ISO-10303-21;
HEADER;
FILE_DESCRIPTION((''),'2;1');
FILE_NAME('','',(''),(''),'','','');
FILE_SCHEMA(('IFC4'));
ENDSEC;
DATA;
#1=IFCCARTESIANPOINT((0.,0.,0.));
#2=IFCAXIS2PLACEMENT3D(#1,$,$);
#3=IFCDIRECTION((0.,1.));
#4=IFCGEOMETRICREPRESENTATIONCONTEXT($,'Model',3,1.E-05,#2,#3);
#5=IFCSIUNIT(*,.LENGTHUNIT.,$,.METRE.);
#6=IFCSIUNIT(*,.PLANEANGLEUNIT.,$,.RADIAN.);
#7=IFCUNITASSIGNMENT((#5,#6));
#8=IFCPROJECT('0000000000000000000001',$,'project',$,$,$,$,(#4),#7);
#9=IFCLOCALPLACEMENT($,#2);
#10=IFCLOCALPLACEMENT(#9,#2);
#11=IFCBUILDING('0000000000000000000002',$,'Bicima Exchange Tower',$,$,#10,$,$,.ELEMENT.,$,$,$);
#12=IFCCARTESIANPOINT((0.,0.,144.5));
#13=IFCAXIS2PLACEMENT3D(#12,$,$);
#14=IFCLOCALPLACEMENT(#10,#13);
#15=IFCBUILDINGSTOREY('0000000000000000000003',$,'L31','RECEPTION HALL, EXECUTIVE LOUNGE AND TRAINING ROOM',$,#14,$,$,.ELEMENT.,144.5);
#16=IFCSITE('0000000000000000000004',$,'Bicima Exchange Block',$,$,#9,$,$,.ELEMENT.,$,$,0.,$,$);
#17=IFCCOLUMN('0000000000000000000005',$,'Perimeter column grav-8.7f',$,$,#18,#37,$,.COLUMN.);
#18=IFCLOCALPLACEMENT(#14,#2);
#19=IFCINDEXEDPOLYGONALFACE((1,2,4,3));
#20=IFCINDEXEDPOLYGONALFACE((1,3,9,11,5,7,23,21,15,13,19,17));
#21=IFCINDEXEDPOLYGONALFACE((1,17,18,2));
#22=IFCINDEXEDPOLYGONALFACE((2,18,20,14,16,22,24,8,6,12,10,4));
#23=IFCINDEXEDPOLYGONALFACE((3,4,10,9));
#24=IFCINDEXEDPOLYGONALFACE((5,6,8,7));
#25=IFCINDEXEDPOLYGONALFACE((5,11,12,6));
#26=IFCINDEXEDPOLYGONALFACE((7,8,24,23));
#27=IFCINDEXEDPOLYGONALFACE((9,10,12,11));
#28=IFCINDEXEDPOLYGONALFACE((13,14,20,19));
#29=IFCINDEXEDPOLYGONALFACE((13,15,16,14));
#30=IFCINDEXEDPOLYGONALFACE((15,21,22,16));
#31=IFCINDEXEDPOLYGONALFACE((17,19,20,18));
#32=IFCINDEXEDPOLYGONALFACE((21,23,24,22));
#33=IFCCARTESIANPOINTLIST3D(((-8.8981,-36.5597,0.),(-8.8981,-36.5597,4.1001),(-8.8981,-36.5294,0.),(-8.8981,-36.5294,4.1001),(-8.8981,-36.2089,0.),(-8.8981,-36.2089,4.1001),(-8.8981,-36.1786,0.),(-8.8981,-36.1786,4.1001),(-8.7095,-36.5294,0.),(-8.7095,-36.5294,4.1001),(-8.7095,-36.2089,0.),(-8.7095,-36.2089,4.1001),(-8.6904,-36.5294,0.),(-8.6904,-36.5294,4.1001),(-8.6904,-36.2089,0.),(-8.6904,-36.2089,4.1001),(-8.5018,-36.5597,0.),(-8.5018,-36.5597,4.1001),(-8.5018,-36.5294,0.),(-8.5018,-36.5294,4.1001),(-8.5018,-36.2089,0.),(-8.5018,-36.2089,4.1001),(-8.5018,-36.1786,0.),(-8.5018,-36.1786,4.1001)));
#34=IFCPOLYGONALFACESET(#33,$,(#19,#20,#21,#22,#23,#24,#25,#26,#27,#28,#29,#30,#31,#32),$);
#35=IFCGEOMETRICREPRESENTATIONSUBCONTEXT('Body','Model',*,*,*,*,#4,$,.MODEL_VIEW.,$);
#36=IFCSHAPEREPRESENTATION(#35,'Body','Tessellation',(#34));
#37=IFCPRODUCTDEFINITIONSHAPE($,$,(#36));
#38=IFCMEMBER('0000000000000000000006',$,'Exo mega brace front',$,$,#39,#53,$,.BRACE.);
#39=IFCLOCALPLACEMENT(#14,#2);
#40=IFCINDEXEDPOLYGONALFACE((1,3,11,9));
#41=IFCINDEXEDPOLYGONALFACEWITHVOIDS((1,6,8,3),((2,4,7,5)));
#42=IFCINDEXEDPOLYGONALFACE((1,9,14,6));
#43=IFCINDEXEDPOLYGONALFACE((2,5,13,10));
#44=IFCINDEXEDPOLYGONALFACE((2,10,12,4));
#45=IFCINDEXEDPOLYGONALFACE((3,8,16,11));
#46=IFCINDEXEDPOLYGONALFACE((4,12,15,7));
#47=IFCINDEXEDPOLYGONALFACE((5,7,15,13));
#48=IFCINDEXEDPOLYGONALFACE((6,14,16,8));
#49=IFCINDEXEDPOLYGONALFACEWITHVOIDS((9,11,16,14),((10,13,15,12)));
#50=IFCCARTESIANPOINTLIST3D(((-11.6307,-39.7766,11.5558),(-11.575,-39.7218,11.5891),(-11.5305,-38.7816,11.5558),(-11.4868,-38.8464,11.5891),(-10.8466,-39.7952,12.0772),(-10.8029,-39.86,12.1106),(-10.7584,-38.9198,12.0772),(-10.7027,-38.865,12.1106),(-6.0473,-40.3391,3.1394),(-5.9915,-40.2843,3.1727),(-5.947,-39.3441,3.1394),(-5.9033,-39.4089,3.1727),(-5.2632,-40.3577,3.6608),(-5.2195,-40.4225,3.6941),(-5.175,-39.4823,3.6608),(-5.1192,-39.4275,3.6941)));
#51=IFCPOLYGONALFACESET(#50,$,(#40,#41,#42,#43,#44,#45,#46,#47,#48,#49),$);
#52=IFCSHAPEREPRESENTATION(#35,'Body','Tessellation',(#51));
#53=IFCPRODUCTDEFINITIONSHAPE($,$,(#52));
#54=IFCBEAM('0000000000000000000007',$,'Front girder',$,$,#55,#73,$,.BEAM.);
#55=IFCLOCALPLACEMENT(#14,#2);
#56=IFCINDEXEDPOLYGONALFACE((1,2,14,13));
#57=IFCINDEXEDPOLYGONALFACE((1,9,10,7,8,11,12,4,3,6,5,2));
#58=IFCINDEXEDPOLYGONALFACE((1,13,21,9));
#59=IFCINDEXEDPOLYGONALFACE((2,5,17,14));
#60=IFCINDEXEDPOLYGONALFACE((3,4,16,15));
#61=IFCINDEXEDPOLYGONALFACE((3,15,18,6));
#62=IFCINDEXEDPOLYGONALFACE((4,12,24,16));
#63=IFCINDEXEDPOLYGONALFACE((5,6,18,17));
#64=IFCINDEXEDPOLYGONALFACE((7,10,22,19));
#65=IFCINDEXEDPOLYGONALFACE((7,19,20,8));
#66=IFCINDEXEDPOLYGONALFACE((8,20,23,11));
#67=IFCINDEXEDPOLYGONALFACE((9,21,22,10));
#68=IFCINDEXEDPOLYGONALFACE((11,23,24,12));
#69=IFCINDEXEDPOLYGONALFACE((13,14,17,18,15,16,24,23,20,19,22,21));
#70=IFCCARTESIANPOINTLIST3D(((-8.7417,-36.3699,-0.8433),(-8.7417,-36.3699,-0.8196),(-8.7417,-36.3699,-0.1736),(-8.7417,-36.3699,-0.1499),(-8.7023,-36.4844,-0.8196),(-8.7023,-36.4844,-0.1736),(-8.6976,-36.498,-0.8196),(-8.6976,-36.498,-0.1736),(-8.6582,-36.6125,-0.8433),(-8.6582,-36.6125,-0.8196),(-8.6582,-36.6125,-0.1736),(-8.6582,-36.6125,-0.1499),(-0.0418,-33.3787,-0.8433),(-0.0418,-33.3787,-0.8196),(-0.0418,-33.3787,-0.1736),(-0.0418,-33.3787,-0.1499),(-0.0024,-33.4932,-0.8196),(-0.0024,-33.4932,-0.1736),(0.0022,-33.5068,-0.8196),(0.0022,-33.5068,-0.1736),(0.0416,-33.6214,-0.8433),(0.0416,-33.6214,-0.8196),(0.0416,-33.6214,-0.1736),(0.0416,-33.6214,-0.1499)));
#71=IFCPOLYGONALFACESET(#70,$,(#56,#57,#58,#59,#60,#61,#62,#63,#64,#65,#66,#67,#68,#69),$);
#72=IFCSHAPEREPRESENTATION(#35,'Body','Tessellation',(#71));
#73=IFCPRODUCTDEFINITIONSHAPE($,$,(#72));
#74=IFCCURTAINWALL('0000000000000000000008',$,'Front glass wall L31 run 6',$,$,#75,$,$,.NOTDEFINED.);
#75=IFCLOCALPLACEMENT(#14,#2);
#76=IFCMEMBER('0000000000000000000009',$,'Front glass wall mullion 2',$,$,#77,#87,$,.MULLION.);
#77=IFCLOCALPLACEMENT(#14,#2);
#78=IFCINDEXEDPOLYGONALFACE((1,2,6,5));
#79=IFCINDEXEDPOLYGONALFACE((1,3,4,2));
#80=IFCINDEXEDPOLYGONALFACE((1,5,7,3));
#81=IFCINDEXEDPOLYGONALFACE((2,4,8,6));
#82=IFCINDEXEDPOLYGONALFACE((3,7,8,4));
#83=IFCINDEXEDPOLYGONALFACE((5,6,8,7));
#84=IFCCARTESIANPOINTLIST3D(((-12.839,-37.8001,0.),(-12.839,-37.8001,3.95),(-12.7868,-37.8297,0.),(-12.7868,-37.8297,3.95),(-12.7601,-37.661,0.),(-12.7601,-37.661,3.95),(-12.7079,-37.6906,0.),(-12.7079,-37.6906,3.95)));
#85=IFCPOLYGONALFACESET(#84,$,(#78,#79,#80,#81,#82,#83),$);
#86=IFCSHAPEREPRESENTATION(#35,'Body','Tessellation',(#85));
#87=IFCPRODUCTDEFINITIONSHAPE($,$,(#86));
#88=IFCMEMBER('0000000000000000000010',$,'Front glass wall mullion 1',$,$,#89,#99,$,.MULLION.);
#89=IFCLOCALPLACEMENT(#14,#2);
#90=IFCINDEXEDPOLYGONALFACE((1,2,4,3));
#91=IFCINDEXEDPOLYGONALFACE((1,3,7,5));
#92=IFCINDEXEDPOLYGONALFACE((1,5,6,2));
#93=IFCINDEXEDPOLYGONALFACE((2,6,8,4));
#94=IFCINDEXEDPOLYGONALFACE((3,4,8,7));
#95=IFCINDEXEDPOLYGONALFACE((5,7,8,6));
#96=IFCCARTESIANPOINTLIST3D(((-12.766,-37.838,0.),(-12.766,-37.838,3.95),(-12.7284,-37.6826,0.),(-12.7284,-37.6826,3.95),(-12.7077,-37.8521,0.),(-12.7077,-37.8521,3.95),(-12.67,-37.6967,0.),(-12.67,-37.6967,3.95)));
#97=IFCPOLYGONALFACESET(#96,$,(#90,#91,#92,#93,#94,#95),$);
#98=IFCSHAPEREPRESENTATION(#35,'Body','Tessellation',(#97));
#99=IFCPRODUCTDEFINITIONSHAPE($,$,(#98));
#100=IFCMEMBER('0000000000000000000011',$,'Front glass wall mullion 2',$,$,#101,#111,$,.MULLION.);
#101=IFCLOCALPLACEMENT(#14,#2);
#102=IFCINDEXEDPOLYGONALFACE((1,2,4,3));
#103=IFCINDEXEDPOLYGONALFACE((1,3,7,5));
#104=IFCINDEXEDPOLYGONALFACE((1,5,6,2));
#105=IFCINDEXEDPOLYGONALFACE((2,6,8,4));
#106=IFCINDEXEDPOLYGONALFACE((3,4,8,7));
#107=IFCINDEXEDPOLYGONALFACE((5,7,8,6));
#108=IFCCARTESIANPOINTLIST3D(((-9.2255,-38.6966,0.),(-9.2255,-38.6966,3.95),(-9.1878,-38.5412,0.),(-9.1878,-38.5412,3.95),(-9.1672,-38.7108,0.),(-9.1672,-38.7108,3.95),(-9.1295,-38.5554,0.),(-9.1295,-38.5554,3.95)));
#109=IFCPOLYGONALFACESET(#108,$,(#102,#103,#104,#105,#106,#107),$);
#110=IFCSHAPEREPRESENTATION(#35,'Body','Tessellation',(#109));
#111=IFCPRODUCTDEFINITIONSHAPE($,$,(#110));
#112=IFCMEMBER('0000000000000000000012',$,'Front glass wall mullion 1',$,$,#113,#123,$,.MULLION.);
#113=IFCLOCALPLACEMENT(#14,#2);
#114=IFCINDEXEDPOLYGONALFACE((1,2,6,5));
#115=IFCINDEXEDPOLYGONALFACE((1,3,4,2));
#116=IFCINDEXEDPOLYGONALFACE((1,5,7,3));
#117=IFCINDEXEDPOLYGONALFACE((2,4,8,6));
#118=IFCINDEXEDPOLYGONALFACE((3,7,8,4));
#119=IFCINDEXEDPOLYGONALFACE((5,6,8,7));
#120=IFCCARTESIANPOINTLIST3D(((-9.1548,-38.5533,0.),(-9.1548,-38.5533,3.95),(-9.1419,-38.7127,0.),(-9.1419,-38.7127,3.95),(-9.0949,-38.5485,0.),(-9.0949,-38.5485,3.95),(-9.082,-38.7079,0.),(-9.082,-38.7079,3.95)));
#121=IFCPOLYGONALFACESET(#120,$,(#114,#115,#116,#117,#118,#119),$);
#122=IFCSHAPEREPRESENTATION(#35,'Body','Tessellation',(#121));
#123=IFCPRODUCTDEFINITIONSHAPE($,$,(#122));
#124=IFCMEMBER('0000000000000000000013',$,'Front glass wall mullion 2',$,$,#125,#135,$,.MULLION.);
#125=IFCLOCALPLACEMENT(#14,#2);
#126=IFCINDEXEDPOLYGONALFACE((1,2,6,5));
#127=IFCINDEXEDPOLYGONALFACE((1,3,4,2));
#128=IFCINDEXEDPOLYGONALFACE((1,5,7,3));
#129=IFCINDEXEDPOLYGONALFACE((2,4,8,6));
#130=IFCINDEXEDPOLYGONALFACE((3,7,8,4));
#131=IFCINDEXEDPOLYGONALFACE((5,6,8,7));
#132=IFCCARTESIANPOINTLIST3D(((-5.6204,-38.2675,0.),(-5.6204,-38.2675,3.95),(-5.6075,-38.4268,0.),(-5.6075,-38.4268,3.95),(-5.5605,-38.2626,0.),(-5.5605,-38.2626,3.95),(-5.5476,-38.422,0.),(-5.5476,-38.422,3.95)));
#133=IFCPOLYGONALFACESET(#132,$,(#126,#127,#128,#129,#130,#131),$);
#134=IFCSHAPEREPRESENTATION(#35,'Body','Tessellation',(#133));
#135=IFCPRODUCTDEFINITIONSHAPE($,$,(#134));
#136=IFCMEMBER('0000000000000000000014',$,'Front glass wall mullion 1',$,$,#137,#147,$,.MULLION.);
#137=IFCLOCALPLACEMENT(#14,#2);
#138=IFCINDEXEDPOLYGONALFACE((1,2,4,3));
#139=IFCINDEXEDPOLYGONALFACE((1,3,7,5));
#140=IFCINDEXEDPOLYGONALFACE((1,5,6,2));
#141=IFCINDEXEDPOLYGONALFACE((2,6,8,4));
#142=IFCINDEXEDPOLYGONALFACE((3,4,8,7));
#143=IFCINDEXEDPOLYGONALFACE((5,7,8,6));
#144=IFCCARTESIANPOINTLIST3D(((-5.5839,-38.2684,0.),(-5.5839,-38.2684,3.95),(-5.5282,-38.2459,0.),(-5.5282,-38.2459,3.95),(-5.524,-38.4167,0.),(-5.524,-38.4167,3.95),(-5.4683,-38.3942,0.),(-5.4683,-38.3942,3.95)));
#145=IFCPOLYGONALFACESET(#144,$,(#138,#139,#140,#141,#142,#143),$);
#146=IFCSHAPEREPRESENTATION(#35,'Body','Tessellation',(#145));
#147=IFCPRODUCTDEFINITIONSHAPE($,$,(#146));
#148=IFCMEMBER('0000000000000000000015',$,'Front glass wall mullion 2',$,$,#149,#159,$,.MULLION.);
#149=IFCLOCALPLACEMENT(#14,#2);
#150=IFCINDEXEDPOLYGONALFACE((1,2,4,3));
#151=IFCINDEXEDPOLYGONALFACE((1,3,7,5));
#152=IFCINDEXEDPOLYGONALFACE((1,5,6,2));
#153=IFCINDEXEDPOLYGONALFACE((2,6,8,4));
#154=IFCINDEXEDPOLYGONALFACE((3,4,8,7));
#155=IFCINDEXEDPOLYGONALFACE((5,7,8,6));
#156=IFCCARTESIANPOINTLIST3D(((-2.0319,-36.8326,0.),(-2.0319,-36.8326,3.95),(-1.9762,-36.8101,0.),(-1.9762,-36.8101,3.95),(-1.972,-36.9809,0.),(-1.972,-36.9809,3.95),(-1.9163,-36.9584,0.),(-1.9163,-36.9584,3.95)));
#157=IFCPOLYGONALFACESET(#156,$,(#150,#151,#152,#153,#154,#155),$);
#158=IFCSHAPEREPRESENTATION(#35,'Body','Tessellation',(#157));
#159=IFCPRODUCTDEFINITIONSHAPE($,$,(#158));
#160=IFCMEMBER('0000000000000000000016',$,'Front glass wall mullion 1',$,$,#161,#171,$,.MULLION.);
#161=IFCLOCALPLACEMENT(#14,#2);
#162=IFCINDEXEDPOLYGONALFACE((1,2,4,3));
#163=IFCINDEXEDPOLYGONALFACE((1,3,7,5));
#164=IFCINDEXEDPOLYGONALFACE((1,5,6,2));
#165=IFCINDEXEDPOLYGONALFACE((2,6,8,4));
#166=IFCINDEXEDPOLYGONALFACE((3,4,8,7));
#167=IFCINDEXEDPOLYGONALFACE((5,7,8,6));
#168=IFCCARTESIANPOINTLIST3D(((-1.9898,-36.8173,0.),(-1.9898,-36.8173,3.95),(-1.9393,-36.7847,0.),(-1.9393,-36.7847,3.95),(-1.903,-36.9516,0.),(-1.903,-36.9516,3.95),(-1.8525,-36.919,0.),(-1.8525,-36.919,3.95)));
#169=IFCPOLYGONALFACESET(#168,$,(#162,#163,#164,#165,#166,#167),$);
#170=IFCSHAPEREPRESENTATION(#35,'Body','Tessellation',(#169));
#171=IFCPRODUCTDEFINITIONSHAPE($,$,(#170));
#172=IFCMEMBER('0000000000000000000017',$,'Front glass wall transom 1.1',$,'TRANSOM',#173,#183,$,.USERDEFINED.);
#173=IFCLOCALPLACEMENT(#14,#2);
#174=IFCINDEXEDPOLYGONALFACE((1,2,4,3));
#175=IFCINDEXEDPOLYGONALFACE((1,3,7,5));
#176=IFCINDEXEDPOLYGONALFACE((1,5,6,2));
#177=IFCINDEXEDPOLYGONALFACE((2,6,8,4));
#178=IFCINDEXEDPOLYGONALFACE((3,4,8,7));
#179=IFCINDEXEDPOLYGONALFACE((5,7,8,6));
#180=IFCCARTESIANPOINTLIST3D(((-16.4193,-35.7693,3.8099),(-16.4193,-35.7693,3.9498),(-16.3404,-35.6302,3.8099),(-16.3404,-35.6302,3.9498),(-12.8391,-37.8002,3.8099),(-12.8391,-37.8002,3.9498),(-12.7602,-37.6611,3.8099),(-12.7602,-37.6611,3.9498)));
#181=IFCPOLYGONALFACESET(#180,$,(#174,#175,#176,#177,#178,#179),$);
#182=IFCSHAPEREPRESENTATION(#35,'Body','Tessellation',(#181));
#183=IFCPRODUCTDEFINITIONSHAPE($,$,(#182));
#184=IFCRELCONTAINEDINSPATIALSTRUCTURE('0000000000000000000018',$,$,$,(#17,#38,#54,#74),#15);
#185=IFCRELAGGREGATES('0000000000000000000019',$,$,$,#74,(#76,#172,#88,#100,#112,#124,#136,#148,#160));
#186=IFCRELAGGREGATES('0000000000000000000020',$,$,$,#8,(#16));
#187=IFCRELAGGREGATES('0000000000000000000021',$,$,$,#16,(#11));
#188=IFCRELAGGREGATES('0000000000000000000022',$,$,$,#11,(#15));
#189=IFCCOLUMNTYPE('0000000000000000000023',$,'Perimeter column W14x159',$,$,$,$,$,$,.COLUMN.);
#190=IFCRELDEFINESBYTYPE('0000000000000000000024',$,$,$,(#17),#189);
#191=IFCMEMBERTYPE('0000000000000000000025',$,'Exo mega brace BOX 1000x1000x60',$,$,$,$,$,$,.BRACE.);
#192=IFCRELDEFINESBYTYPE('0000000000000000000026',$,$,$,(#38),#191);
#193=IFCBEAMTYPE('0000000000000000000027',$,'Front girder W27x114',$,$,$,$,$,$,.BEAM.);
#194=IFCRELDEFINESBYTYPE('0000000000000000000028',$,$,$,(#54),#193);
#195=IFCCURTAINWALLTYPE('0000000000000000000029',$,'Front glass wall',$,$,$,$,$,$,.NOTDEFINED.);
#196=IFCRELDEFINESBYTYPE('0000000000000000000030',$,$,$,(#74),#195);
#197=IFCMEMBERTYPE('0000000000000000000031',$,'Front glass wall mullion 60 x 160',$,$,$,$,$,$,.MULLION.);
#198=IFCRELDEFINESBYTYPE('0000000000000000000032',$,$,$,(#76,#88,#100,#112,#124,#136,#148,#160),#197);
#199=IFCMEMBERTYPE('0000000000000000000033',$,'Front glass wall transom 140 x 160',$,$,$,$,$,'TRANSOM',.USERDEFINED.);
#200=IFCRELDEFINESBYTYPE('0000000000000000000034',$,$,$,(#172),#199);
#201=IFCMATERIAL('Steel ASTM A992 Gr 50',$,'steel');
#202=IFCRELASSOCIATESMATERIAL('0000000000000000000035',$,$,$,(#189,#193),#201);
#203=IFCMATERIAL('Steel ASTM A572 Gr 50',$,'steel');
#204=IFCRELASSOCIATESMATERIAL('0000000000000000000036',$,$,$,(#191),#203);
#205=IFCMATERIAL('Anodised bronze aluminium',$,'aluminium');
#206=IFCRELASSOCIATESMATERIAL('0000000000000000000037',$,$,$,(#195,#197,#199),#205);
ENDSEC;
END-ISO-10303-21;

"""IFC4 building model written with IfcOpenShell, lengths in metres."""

from ifc_helpers import new_model, si_unit, direction, frame, origin, origin_2d, place, context, subcontext, project, spatial, rectangle, hollow_rectangle, i_section, extrude, material, material_profile, profile_set, type_object, element, aggregate, save


model = new_model("IFC4")

# Units and contexts
model_context = context("Model", 3, precision=1e-05, world=origin(), true_north=direction((0.0, 1.0)))
body_context = subcontext(model_context, "Body", "Model", "MODEL_VIEW")
ifc_project = project(units=[si_unit("LENGTHUNIT", "METRE"), si_unit("PLANEANGLEUNIT", "RADIAN")], contexts=[model_context])

# Site, building, storey
site_placement = place(None, origin())
site = spatial("IfcSite", under=ifc_project, at=site_placement, Name="Bicima Exchange Block", CompositionType="ELEMENT", RefElevation=0.0)
building_placement = place(site_placement, origin())
building = spatial("IfcBuilding", under=site, at=building_placement, Name="Bicima Exchange Tower", CompositionType="ELEMENT")
storey_placement = place(building_placement, frame((0.0, 0.0, 144.5)))
storey = spatial("IfcBuildingStorey", under=building, at=storey_placement, Name="L31", Description="RECEPTION HALL, EXECUTIVE LOUNGE AND TRAINING ROOM", CompositionType="ELEMENT", Elevation=144.5)

# Column
ifc_material_1 = material(Name="Steel ASTM A992 Gr 50", Category="steel")
ifc_material_profile_1 = material_profile(ifc_material_1, i_section(OverallWidth=0.3962, OverallDepth=0.3811, WebThickness=0.019, FlangeThickness=0.0303, at=origin_2d()))
ifc_profile_set_1 = profile_set([ifc_material_profile_1], Name="Steel ASTM A992 Gr 50")
column_type = type_object("IfcColumnType", Name="Perimeter column W14x159", PredefinedType="COLUMN", material=ifc_profile_set_1)
column_placement = place(storey_placement, frame((-8.7, -36.3691, 0.0), z_axis=(0.0, 0.0, 1.0), x_axis=(1.0, 0.0, 0.0)))
element("IfcColumn", 1, at=column_placement, inside=storey, type_object=column_type, Name="Perimeter column grav-8.7f", PredefinedType="COLUMN", context=body_context, shape_type="SweptSolid", body=[
    extrude(i_section(OverallWidth=0.3962, OverallDepth=0.3811, WebThickness=0.019, FlangeThickness=0.0303, at=origin_2d()), origin(), (0.0, 0.0, 1.0), 4.1001),
])

# Member
ifc_material_2 = material(Name="Steel ASTM A572 Gr 50", Category="steel")
ifc_material_profile_2 = material_profile(ifc_material_2, hollow_rectangle(XDim=1.0, YDim=1.0, WallThickness=0.0601, at=origin_2d()))
ifc_profile_set_2 = profile_set([ifc_material_profile_2], Name="Steel ASTM A572 Gr 50")
member_type_1 = type_object("IfcMemberType", Name="Exo mega brace BOX 1000x1000x60", PredefinedType="BRACE", material=ifc_profile_set_2)
member_1_placement = place(storey_placement, frame((-5.5833, -39.8833, 3.4167), z_axis=(-0.551958, 0.055606, 0.832016), x_axis=(-0.100236, -0.994964, 0.0)))
element("IfcMember", 2, at=member_1_placement, inside=storey, type_object=member_type_1, Name="Exo mega brace front", PredefinedType="BRACE", context=body_context, shape_type="SweptSolid", body=[
    extrude(hollow_rectangle(XDim=1.0, YDim=1.0, WallThickness=0.0601, at=origin_2d()), origin(), (0.0, 0.0, 1.0), 10.1157),
])

# Beam
ifc_material_profile_3 = material_profile(ifc_material_1, i_section(OverallWidth=0.2566, OverallDepth=0.6934, WebThickness=0.0144, FlangeThickness=0.0237, at=origin_2d()))
ifc_profile_set_3 = profile_set([ifc_material_profile_3], Name="Steel ASTM A992 Gr 50")
beam_type = type_object("IfcBeamType", Name="Front girder W27x114", PredefinedType="BEAM", material=ifc_profile_set_3)
beam_placement = place(storey_placement, frame((-8.7, -36.4912, -0.4966), z_axis=(0.945666, 0.325138, 0.0), x_axis=(-0.325138, 0.945666, 0.0)))
element("IfcBeam", 3, at=beam_placement, inside=storey, type_object=beam_type, Name="Front girder", PredefinedType="BEAM", context=body_context, shape_type="SweptSolid", body=[
    extrude(i_section(OverallWidth=0.2566, OverallDepth=0.6934, WebThickness=0.0144, FlangeThickness=0.0237, at=origin_2d()), origin(), (0.0, 0.0, 1.0), 9.1997),
])

# Curtain wall, members
ifc_material_3 = material(Name="Anodised bronze aluminium", Category="aluminium")
curtain_wall_type = type_object("IfcCurtainWallType", Name="Front glass wall", PredefinedType="NOTDEFINED", material=ifc_material_3)
curtain_wall_placement = place(storey_placement, origin())
curtain_wall = element("IfcCurtainWall", 4, at=curtain_wall_placement, inside=storey, type_object=curtain_wall_type, Name="Front glass wall L31 run 6", PredefinedType="NOTDEFINED")
ifc_material_profile_4 = material_profile(ifc_material_3, rectangle(XDim=0.1599, YDim=0.0601, at=origin_2d()))
ifc_profile_set_4 = profile_set([ifc_material_profile_4], Name="Anodised bronze aluminium")
member_type_2 = type_object("IfcMemberType", Name="Front glass wall mullion 60 x 160", PredefinedType="MULLION", material=ifc_profile_set_4)
member_2_placement = place(storey_placement, frame((-12.7734, -37.7454, 0.0), z_axis=(0.0, 0.0, 1.0), x_axis=(0.493395, 0.869805, 0.0)))
member_2 = element("IfcMember", 5, at=member_2_placement, type_object=member_type_2, Name="Front glass wall mullion 2", PredefinedType="MULLION", context=body_context, shape_type="SweptSolid", body=[
    extrude(rectangle(XDim=0.1599, YDim=0.0601, at=origin_2d()), origin(), (0.0, 0.0, 1.0), 3.95),
])
member_3_placement = place(storey_placement, frame((-12.718, -37.7673, 0.0), z_axis=(0.0, 0.0, 1.0), x_axis=(0.235682, 0.97183, 0.0)))
member_3 = element("IfcMember", 6, at=member_3_placement, type_object=member_type_2, Name="Front glass wall mullion 1", PredefinedType="MULLION", context=body_context, shape_type="SweptSolid", body=[
    extrude(rectangle(XDim=0.1599, YDim=0.0601, at=origin_2d()), origin(), (0.0, 0.0, 1.0), 3.95),
])
member_4_placement = place(storey_placement, frame((-9.1775, -38.626, 0.0), z_axis=(0.0, 0.0, 1.0), x_axis=(0.235682, 0.97183, 0.0)))
member_4 = element("IfcMember", 7, at=member_4_placement, type_object=member_type_2, Name="Front glass wall mullion 2", PredefinedType="MULLION", context=body_context, shape_type="SweptSolid", body=[
    extrude(rectangle(XDim=0.1599, YDim=0.0601, at=origin_2d()), origin(), (0.0, 0.0, 1.0), 3.95),
])
member_5_placement = place(storey_placement, frame((-9.1184, -38.6306, 0.0), z_axis=(0.0, 0.0, 1.0), x_axis=(-0.080589, 0.996747, 0.0)))
member_5 = element("IfcMember", 8, at=member_5_placement, type_object=member_type_2, Name="Front glass wall mullion 1", PredefinedType="MULLION", context=body_context, shape_type="SweptSolid", body=[
    extrude(rectangle(XDim=0.1599, YDim=0.0601, at=origin_2d()), origin(), (0.0, 0.0, 1.0), 3.95),
])
member_6_placement = place(storey_placement, frame((-5.584, -38.3447, 0.0), z_axis=(0.0, 0.0, 1.0), x_axis=(-0.080589, 0.996747, 0.0)))
member_6 = element("IfcMember", 9, at=member_6_placement, type_object=member_type_2, Name="Front glass wall mullion 2", PredefinedType="MULLION", context=body_context, shape_type="SweptSolid", body=[
    extrude(rectangle(XDim=0.1599, YDim=0.0601, at=origin_2d()), origin(), (0.0, 0.0, 1.0), 3.95),
])
member_7_placement = place(storey_placement, frame((-5.5261, -38.3313, 0.0), z_axis=(0.0, 0.0, 1.0), x_axis=(-0.374705, 0.927144, 0.0)))
member_7 = element("IfcMember", 10, at=member_7_placement, type_object=member_type_2, Name="Front glass wall mullion 1", PredefinedType="MULLION", context=body_context, shape_type="SweptSolid", body=[
    extrude(rectangle(XDim=0.1599, YDim=0.0601, at=origin_2d()), origin(), (0.0, 0.0, 1.0), 3.95),
])
member_8_placement = place(storey_placement, frame((-1.9741, -36.8955, 0.0), z_axis=(0.0, 0.0, 1.0), x_axis=(-0.374705, 0.927144, 0.0)))
member_8 = element("IfcMember", 11, at=member_8_placement, type_object=member_type_2, Name="Front glass wall mullion 2", PredefinedType="MULLION", context=body_context, shape_type="SweptSolid", body=[
    extrude(rectangle(XDim=0.1599, YDim=0.0601, at=origin_2d()), origin(), (0.0, 0.0, 1.0), 3.95),
])
member_9_placement = place(storey_placement, frame((-1.9211, -36.8682, 0.0), z_axis=(0.0, 0.0, 1.0), x_axis=(-0.542897, 0.839799, 0.0)))
member_9 = element("IfcMember", 12, at=member_9_placement, type_object=member_type_2, Name="Front glass wall mullion 1", PredefinedType="MULLION", context=body_context, shape_type="SweptSolid", body=[
    extrude(rectangle(XDim=0.1599, YDim=0.0601, at=origin_2d()), origin(), (0.0, 0.0, 1.0), 3.95),
])
ifc_material_profile_5 = material_profile(ifc_material_3, rectangle(XDim=0.1599, YDim=0.1399, at=origin_2d()))
ifc_profile_set_5 = profile_set([ifc_material_profile_5], Name="Anodised bronze aluminium")
member_type_3 = type_object("IfcMemberType", Name="Front glass wall transom 140 x 160", ElementType="TRANSOM", PredefinedType="USERDEFINED", material=ifc_profile_set_5)
member_10_placement = place(storey_placement, frame((-16.3799, -35.6997, 3.8799), z_axis=(0.869797, -0.493409, 0.0), x_axis=(0.493409, 0.869797, 0.0)))
member_10 = element("IfcMember", 13, at=member_10_placement, type_object=member_type_3, Name="Front glass wall transom 1.1", ObjectType="TRANSOM", PredefinedType="USERDEFINED", context=body_context, shape_type="SweptSolid", body=[
    extrude(rectangle(XDim=0.1599, YDim=0.1399, at=origin_2d()), origin(), (0.0, 0.0, 1.0), 4.1162),
])
aggregate(curtain_wall, [member_2, member_10, member_3, member_4, member_5, member_6, member_7, member_8, member_9])

save(model, "model.ifc")
